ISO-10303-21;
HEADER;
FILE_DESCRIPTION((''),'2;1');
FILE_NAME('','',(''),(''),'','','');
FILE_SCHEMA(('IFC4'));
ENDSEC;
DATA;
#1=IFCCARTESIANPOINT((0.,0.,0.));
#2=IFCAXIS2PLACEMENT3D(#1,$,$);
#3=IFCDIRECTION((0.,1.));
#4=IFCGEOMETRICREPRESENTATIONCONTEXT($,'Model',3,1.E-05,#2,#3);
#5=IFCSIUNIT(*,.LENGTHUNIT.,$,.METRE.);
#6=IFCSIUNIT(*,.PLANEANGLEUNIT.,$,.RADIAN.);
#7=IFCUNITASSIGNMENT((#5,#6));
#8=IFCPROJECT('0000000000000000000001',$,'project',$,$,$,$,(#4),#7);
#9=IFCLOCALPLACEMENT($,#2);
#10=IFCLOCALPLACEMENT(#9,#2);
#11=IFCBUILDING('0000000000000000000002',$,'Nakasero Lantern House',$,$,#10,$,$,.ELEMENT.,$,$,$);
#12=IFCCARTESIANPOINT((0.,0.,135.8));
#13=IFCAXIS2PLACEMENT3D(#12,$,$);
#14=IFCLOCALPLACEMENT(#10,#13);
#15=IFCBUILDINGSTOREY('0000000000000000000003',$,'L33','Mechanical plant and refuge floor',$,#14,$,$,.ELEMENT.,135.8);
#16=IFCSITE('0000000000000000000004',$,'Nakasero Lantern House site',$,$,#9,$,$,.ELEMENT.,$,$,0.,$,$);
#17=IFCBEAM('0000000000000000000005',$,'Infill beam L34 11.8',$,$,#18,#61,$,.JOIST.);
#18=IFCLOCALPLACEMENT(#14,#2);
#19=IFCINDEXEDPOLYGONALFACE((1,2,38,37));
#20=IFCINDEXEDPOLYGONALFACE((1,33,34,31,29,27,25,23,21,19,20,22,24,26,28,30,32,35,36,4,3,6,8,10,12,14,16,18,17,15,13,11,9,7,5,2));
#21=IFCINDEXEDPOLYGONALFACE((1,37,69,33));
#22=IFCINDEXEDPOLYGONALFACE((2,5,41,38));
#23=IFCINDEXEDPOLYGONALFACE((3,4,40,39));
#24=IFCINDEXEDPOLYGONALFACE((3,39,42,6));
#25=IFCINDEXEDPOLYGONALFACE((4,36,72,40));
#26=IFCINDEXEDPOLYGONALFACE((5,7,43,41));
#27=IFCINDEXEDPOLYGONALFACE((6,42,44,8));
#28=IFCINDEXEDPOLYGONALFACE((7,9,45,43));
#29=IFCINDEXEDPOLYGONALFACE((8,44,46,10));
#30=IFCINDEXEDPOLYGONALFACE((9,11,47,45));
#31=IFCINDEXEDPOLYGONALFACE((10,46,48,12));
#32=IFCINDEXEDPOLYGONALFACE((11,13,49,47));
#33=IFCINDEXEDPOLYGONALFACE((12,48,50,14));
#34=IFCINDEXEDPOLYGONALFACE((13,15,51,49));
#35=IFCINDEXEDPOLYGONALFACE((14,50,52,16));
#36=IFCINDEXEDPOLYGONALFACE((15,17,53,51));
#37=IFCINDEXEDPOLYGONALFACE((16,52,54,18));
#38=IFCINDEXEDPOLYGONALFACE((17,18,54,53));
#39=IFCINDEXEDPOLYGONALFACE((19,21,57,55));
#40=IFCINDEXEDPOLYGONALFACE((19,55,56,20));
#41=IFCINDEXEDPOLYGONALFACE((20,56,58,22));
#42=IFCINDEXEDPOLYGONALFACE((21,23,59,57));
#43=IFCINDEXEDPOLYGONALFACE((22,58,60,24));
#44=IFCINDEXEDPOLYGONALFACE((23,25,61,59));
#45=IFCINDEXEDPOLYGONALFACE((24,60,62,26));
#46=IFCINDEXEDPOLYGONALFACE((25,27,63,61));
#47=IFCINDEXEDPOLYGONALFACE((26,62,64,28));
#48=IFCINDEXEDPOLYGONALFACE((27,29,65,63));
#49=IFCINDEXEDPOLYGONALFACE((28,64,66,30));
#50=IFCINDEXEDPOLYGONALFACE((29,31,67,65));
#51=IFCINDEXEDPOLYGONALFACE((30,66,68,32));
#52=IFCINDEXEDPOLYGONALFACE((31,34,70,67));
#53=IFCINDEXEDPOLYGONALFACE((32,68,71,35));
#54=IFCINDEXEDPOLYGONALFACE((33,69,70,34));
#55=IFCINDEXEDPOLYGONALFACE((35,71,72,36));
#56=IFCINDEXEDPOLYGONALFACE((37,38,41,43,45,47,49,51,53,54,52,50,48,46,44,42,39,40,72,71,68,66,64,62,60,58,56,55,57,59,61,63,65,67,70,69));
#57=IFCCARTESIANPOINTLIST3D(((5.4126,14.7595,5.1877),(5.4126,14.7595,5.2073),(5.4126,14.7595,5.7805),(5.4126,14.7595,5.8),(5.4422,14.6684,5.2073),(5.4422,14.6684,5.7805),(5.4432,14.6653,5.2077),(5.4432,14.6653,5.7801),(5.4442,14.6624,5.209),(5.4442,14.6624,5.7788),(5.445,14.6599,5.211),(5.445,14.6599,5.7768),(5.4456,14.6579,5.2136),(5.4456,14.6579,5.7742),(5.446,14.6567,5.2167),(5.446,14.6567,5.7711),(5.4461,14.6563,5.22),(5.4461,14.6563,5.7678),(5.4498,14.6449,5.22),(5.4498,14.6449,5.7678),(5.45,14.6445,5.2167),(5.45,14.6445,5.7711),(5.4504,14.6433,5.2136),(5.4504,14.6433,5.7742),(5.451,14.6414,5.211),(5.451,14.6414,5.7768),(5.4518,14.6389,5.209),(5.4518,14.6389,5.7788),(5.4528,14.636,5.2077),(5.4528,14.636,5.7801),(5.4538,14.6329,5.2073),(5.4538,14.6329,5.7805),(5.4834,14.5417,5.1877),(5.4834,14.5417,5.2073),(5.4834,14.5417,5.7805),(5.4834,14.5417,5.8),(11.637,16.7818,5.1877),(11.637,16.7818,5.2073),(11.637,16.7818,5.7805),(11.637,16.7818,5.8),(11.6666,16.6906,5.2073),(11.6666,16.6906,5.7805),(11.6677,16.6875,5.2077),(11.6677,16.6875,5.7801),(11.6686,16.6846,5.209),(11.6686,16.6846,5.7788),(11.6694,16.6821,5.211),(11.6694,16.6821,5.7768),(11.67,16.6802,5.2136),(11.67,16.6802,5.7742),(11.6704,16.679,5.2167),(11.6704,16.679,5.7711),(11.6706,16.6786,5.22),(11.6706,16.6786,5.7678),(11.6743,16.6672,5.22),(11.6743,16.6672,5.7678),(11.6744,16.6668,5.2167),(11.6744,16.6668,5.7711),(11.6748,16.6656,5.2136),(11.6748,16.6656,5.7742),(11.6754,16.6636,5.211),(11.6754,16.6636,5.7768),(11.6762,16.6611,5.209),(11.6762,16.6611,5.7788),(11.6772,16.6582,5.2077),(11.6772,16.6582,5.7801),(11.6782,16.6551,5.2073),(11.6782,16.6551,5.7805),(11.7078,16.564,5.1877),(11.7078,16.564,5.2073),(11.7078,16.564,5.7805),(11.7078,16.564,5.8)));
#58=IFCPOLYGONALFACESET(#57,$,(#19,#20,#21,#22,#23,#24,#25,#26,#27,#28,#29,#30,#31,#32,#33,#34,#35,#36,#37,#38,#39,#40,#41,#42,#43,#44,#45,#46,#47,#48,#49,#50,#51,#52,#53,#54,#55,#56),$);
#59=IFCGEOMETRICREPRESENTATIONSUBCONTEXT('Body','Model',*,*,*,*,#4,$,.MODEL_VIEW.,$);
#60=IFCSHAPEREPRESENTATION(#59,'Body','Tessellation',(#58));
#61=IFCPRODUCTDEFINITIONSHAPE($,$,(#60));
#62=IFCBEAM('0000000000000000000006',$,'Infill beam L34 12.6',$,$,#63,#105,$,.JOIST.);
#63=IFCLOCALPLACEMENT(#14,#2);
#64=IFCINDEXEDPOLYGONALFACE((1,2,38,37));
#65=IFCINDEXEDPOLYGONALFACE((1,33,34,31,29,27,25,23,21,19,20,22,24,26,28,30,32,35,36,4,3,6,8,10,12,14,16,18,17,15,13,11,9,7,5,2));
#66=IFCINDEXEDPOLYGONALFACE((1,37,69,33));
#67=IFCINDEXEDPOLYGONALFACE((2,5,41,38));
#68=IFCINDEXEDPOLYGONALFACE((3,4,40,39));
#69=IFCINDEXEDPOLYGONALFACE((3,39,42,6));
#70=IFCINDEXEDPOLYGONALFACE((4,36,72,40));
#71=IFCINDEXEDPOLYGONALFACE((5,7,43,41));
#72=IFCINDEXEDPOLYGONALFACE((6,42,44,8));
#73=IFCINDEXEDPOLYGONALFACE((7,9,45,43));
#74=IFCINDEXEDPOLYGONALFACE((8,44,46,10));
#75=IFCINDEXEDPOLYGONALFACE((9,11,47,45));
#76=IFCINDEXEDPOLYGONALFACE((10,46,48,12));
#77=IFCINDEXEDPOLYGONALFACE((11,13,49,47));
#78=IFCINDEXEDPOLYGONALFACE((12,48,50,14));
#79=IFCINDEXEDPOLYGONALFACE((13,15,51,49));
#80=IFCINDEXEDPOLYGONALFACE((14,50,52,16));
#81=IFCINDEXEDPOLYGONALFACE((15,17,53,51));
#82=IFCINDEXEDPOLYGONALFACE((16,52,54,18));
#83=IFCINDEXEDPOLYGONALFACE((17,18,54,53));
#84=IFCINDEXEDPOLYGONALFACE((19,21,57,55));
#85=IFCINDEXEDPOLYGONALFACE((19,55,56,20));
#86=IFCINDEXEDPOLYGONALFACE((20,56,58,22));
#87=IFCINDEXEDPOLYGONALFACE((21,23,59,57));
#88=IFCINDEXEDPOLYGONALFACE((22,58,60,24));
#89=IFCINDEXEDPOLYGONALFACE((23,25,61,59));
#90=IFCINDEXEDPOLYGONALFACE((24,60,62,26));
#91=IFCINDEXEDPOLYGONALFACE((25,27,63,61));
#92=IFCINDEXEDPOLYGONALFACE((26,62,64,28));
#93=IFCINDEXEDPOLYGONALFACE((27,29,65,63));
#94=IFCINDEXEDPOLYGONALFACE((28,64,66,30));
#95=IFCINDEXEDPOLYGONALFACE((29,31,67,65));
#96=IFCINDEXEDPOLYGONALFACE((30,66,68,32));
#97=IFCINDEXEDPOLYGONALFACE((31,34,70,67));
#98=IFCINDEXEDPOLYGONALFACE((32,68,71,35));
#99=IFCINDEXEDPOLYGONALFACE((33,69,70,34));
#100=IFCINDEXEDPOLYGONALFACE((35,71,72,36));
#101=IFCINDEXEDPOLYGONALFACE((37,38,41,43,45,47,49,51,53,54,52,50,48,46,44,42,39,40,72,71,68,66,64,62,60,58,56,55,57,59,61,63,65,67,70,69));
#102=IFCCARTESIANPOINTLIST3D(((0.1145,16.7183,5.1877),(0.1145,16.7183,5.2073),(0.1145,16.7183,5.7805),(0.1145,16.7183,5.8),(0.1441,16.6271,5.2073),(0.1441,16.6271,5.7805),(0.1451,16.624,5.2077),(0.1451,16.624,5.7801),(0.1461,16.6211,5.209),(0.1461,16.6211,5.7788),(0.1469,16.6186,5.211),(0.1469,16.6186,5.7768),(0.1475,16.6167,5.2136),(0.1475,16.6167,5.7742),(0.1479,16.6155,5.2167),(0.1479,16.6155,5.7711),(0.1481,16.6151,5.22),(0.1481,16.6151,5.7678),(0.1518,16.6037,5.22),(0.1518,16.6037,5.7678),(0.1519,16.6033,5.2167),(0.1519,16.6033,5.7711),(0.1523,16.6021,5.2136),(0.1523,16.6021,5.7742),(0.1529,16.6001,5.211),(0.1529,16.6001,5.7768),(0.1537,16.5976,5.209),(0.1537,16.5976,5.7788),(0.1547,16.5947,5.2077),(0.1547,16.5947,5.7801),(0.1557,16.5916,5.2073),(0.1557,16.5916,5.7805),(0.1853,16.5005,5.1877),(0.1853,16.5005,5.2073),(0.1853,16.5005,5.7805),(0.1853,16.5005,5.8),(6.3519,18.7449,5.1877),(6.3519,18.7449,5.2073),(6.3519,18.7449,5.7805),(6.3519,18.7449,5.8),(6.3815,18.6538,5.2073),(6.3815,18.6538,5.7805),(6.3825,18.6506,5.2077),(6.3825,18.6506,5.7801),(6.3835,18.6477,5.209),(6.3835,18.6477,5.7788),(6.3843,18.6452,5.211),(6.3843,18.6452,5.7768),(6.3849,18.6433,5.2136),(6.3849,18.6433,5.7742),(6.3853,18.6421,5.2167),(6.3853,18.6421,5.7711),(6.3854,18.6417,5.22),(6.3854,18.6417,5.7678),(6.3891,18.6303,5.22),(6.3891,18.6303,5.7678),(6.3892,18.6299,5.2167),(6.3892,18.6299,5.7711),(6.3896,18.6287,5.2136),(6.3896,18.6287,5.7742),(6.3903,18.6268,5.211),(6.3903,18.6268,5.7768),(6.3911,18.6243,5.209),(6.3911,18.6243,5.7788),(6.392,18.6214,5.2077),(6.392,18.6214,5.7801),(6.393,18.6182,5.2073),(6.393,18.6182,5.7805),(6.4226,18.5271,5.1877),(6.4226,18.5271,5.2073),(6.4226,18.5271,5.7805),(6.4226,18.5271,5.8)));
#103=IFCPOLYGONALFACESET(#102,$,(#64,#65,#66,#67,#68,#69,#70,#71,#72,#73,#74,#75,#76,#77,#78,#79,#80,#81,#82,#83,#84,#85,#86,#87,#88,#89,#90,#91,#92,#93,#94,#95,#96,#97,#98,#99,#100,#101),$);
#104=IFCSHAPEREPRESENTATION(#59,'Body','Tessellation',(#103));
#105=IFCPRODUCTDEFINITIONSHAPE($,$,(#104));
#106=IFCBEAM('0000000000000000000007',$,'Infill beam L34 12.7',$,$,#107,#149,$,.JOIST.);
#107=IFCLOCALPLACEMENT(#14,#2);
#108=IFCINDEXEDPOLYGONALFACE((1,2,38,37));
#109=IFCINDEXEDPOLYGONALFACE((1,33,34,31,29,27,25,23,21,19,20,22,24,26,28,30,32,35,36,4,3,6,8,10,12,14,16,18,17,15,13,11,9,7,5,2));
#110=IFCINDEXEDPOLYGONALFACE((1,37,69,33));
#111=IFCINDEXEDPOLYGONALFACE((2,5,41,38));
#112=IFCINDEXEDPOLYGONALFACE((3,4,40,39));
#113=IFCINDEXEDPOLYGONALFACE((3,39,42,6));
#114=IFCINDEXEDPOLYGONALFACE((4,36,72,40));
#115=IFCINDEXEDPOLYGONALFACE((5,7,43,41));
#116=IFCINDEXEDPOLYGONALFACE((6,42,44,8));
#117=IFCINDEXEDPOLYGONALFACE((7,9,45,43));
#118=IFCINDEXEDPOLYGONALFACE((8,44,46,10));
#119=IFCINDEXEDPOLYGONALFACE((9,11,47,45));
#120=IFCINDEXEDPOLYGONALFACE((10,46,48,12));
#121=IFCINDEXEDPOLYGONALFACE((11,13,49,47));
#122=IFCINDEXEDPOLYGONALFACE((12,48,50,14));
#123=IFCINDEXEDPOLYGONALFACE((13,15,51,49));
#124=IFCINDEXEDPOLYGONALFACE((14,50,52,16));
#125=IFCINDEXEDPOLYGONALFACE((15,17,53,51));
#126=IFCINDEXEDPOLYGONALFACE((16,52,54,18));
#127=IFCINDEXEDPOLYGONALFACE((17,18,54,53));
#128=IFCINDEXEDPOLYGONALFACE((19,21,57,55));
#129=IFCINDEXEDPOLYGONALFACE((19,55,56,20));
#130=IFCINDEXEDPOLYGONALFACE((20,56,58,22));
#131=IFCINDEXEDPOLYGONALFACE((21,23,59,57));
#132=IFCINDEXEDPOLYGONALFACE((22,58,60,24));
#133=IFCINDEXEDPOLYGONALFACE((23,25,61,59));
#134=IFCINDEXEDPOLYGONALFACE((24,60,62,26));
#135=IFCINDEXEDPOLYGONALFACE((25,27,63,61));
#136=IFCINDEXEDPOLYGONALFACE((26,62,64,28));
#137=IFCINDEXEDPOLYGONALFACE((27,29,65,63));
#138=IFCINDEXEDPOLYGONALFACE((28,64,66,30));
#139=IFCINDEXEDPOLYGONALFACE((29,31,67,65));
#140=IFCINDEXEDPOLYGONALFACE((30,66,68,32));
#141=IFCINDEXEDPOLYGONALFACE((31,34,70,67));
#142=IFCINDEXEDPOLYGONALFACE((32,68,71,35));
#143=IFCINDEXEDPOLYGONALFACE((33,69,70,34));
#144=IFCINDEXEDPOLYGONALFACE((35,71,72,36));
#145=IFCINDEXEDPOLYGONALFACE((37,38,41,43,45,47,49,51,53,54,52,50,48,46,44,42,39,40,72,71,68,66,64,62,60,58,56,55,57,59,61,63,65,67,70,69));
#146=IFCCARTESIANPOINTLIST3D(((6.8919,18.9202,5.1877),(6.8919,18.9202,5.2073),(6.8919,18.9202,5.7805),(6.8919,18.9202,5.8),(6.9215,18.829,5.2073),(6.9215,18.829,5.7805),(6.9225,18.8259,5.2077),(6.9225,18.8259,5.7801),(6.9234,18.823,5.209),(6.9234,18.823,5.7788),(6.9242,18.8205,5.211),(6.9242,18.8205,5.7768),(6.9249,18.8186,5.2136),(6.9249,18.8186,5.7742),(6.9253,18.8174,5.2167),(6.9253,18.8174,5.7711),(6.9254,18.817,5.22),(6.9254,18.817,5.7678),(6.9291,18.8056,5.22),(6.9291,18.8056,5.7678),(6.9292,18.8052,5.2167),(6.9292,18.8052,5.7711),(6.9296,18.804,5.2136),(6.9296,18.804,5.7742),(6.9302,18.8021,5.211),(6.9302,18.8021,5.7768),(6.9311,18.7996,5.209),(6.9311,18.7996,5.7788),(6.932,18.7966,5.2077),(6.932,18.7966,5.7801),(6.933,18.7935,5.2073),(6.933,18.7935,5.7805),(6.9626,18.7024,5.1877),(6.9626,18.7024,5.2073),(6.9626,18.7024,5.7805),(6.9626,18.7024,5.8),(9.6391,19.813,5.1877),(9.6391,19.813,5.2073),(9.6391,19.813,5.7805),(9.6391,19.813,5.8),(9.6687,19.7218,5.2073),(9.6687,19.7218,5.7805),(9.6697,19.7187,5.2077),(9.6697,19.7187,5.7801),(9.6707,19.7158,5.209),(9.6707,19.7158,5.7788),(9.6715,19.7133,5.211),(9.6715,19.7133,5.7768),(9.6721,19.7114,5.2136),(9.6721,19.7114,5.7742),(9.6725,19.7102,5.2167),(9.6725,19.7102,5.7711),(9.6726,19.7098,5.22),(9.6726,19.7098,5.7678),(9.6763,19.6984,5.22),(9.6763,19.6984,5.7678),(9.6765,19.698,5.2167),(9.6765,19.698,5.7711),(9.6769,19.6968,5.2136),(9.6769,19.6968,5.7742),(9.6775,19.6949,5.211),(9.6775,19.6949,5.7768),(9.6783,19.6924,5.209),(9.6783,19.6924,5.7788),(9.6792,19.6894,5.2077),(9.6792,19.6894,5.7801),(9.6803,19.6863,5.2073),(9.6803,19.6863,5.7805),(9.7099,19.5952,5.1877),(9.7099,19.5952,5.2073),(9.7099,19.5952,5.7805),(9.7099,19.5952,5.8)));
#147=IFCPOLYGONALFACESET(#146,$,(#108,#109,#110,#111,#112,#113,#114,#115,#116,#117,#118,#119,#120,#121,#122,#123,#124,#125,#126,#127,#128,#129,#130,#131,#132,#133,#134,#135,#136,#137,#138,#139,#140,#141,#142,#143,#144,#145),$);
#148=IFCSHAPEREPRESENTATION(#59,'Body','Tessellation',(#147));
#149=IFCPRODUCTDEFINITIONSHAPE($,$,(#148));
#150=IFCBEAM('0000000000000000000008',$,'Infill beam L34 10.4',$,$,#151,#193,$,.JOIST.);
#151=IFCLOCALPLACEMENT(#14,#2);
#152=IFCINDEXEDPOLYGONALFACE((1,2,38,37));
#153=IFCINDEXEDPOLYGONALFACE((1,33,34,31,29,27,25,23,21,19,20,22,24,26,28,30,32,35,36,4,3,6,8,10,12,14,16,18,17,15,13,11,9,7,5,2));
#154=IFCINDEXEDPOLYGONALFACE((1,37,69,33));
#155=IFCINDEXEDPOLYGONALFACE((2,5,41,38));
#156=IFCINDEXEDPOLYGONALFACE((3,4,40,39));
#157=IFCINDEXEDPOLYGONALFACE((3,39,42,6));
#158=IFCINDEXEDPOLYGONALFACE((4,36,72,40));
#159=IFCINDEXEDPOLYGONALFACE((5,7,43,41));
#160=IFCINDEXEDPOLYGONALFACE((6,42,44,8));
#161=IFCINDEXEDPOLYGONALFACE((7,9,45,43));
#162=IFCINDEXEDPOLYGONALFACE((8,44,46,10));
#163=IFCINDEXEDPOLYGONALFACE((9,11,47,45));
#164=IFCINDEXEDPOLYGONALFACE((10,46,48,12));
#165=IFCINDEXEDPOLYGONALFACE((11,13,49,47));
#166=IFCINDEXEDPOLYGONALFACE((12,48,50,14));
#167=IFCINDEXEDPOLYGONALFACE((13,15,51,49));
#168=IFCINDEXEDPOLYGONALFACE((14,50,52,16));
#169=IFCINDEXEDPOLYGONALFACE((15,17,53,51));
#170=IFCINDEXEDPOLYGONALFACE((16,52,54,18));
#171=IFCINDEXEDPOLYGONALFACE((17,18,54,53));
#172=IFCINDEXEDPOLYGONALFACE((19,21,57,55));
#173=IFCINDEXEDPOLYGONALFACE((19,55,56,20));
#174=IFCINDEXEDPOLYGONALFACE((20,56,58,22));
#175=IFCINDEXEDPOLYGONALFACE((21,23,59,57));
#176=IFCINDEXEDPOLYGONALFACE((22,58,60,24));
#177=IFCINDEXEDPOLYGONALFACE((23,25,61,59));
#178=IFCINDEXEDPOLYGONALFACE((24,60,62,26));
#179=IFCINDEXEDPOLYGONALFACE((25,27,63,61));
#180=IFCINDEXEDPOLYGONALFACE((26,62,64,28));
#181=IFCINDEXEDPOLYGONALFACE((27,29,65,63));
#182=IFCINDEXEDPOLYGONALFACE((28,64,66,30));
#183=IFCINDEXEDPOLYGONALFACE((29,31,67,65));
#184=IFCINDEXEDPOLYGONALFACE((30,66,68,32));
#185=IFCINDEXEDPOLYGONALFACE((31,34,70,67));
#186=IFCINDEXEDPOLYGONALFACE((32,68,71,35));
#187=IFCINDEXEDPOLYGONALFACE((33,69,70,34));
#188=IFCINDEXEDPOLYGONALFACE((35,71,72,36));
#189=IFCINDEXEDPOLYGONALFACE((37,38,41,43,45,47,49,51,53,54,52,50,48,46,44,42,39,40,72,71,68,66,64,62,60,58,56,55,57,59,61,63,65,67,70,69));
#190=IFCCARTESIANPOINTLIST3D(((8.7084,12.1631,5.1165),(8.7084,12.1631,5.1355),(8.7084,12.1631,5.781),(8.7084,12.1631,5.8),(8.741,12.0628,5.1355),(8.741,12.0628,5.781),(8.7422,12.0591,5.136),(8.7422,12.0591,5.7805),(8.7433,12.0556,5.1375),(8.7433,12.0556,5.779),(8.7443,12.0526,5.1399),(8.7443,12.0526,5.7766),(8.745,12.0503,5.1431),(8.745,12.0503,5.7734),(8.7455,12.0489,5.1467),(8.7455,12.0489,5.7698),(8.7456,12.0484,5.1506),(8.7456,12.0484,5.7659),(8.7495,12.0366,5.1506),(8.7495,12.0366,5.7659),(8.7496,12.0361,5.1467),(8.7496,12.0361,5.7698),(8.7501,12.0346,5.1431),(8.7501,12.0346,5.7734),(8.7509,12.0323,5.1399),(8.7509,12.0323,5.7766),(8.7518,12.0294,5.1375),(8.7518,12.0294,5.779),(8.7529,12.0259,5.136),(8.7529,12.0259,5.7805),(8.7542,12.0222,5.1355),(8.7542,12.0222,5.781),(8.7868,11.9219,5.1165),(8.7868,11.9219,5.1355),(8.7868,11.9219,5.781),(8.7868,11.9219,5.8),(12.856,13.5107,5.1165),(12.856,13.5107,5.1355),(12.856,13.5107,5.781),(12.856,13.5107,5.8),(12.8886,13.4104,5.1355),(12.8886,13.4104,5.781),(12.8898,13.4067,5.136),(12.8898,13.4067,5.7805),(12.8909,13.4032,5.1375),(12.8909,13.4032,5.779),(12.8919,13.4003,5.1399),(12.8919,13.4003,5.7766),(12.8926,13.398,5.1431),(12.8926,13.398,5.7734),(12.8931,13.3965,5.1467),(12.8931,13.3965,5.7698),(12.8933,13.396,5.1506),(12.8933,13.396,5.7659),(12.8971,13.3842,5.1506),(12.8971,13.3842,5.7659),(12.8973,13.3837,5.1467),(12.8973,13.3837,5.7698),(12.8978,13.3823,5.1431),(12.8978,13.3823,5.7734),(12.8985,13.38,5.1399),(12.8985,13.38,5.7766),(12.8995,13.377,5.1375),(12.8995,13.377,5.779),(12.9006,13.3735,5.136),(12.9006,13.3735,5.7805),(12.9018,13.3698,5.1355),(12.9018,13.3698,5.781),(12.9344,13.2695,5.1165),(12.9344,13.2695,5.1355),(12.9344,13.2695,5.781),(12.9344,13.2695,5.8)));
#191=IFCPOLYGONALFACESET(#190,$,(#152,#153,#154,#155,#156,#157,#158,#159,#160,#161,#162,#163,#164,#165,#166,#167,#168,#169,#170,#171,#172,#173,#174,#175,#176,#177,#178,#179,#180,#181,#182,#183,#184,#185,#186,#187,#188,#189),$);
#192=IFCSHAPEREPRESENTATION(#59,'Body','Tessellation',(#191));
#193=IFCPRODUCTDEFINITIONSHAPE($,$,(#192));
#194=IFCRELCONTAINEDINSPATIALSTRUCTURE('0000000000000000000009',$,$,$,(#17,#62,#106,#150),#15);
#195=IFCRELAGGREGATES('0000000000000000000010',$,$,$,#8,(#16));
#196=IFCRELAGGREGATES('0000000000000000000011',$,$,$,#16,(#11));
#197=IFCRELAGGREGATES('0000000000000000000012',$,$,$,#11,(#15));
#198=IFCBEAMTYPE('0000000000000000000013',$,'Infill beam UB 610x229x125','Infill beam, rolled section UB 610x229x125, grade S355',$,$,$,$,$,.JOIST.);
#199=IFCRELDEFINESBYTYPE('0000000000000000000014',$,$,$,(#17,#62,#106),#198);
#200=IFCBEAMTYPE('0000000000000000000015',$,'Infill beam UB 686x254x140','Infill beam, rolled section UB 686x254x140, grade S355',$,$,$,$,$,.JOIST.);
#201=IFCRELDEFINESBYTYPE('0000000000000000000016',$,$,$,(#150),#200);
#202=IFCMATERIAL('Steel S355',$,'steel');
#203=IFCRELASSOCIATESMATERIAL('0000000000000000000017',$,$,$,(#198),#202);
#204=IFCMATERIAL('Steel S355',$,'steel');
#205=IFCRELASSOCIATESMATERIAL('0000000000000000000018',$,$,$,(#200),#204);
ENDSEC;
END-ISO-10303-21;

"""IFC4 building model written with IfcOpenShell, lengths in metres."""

from ifc_helpers import new_model, si_unit, direction, frame, origin, origin_2d, place, context, subcontext, project, spatial, i_section, extrude, material, material_profile, profile_set, type_object, element, save


model = new_model("IFC4")

# Units and contexts
model_context = context("Model", 3, precision=1e-05, world=origin(), true_north=direction((0.0, 1.0)))
body_context = subcontext(model_context, "Body", "Model", "MODEL_VIEW")
ifc_project = project(units=[si_unit("LENGTHUNIT", "METRE"), si_unit("PLANEANGLEUNIT", "RADIAN")], contexts=[model_context])

# Site, building, storey
site_placement = place(None, origin())
site = spatial("IfcSite", under=ifc_project, at=site_placement, Name="Nakasero Lantern House site", CompositionType="ELEMENT", RefElevation=0.0)
building_placement = place(site_placement, origin())
building = spatial("IfcBuilding", under=site, at=building_placement, Name="Nakasero Lantern House", CompositionType="ELEMENT")
storey_placement = place(building_placement, frame((0.0, 0.0, 135.8)))
storey = spatial("IfcBuildingStorey", under=building, at=storey_placement, Name="L33", Description="Mechanical plant and refuge floor", CompositionType="ELEMENT", Elevation=135.8)

# Beams
ifc_material_1 = material(Name="Steel S355", Category="steel")
ifc_material_profile_1 = material_profile(ifc_material_1, i_section(OverallWidth=0.229, OverallDepth=0.6123, WebThickness=0.012, FlangeThickness=0.0195, FilletRadius=0.0127, at=origin_2d()), Name="UB 610x229x125")
ifc_profile_set_1 = profile_set([ifc_material_profile_1], Name="Steel S355")
beam_type_1 = type_object("IfcBeamType", Name="Infill beam UB 610x229x125", Description="Infill beam, rolled section UB 610x229x125, grade S355", PredefinedType="JOIST", material=ifc_profile_set_1)
beam_1_placement = place(storey_placement, frame((5.448, 14.6506, 5.4939), z_axis=(0.951066, 0.308989, 0.0), x_axis=(-0.308989, 0.951066, 0.0)))
element("IfcBeam", 1, at=beam_1_placement, inside=storey, type_object=beam_type_1, Name="Infill beam L34 11.8", PredefinedType="JOIST", context=body_context, shape_type="SweptSolid", body=[
    extrude(i_section(OverallWidth=0.229, OverallDepth=0.6123, WebThickness=0.012, FlangeThickness=0.0195, FilletRadius=0.0127, at=origin_2d()), origin(), (0.0, 0.0, 1.0), 6.5447),
])
beam_2_placement = place(storey_placement, frame((0.1499, 16.6094, 5.4939), z_axis=(0.951057, 0.309015, 0.0), x_axis=(-0.309015, 0.951057, 0.0)))
element("IfcBeam", 2, at=beam_2_placement, inside=storey, type_object=beam_type_1, Name="Infill beam L34 12.6", PredefinedType="JOIST", context=body_context, shape_type="SweptSolid", body=[
    extrude(i_section(OverallWidth=0.229, OverallDepth=0.6123, WebThickness=0.012, FlangeThickness=0.0195, FilletRadius=0.0127, at=origin_2d()), origin(), (0.0, 0.0, 1.0), 6.5583),
])
beam_3_placement = place(storey_placement, frame((6.9272, 18.8113, 5.4939), z_axis=(0.95104, 0.309069, 0.0), x_axis=(-0.309069, 0.95104, 0.0)))
element("IfcBeam", 3, at=beam_3_placement, inside=storey, type_object=beam_type_1, Name="Infill beam L34 12.7", PredefinedType="JOIST", context=body_context, shape_type="SweptSolid", body=[
    extrude(i_section(OverallWidth=0.229, OverallDepth=0.6123, WebThickness=0.012, FlangeThickness=0.0195, FilletRadius=0.0127, at=origin_2d()), origin(), (0.0, 0.0, 1.0), 2.8887),
])
ifc_material_2 = material(Name="Steel S355", Category="steel")
ifc_material_profile_2 = material_profile(ifc_material_2, i_section(OverallWidth=0.2537, OverallDepth=0.6836, WebThickness=0.0125, FlangeThickness=0.019, FilletRadius=0.0151, at=origin_2d()), Name="UB 686x254x140")
ifc_profile_set_2 = profile_set([ifc_material_profile_2], Name="Steel S355")
beam_type_2 = type_object("IfcBeamType", Name="Infill beam UB 686x254x140", Description="Infill beam, rolled section UB 686x254x140, grade S355", PredefinedType="JOIST", material=ifc_profile_set_2)
beam_4_placement = place(storey_placement, frame((8.7476, 12.0425, 5.4583), z_axis=(0.951058, 0.309014, 0.0), x_axis=(-0.309014, 0.951058, 0.0)))
element("IfcBeam", 4, at=beam_4_placement, inside=storey, type_object=beam_type_2, Name="Infill beam L34 10.4", PredefinedType="JOIST", context=body_context, shape_type="SweptSolid", body=[
    extrude(i_section(OverallWidth=0.2537, OverallDepth=0.6836, WebThickness=0.0125, FlangeThickness=0.019, FilletRadius=0.0151, at=origin_2d()), origin(), (0.0, 0.0, 1.0), 4.3611),
])

save(model, "model.ifc")
